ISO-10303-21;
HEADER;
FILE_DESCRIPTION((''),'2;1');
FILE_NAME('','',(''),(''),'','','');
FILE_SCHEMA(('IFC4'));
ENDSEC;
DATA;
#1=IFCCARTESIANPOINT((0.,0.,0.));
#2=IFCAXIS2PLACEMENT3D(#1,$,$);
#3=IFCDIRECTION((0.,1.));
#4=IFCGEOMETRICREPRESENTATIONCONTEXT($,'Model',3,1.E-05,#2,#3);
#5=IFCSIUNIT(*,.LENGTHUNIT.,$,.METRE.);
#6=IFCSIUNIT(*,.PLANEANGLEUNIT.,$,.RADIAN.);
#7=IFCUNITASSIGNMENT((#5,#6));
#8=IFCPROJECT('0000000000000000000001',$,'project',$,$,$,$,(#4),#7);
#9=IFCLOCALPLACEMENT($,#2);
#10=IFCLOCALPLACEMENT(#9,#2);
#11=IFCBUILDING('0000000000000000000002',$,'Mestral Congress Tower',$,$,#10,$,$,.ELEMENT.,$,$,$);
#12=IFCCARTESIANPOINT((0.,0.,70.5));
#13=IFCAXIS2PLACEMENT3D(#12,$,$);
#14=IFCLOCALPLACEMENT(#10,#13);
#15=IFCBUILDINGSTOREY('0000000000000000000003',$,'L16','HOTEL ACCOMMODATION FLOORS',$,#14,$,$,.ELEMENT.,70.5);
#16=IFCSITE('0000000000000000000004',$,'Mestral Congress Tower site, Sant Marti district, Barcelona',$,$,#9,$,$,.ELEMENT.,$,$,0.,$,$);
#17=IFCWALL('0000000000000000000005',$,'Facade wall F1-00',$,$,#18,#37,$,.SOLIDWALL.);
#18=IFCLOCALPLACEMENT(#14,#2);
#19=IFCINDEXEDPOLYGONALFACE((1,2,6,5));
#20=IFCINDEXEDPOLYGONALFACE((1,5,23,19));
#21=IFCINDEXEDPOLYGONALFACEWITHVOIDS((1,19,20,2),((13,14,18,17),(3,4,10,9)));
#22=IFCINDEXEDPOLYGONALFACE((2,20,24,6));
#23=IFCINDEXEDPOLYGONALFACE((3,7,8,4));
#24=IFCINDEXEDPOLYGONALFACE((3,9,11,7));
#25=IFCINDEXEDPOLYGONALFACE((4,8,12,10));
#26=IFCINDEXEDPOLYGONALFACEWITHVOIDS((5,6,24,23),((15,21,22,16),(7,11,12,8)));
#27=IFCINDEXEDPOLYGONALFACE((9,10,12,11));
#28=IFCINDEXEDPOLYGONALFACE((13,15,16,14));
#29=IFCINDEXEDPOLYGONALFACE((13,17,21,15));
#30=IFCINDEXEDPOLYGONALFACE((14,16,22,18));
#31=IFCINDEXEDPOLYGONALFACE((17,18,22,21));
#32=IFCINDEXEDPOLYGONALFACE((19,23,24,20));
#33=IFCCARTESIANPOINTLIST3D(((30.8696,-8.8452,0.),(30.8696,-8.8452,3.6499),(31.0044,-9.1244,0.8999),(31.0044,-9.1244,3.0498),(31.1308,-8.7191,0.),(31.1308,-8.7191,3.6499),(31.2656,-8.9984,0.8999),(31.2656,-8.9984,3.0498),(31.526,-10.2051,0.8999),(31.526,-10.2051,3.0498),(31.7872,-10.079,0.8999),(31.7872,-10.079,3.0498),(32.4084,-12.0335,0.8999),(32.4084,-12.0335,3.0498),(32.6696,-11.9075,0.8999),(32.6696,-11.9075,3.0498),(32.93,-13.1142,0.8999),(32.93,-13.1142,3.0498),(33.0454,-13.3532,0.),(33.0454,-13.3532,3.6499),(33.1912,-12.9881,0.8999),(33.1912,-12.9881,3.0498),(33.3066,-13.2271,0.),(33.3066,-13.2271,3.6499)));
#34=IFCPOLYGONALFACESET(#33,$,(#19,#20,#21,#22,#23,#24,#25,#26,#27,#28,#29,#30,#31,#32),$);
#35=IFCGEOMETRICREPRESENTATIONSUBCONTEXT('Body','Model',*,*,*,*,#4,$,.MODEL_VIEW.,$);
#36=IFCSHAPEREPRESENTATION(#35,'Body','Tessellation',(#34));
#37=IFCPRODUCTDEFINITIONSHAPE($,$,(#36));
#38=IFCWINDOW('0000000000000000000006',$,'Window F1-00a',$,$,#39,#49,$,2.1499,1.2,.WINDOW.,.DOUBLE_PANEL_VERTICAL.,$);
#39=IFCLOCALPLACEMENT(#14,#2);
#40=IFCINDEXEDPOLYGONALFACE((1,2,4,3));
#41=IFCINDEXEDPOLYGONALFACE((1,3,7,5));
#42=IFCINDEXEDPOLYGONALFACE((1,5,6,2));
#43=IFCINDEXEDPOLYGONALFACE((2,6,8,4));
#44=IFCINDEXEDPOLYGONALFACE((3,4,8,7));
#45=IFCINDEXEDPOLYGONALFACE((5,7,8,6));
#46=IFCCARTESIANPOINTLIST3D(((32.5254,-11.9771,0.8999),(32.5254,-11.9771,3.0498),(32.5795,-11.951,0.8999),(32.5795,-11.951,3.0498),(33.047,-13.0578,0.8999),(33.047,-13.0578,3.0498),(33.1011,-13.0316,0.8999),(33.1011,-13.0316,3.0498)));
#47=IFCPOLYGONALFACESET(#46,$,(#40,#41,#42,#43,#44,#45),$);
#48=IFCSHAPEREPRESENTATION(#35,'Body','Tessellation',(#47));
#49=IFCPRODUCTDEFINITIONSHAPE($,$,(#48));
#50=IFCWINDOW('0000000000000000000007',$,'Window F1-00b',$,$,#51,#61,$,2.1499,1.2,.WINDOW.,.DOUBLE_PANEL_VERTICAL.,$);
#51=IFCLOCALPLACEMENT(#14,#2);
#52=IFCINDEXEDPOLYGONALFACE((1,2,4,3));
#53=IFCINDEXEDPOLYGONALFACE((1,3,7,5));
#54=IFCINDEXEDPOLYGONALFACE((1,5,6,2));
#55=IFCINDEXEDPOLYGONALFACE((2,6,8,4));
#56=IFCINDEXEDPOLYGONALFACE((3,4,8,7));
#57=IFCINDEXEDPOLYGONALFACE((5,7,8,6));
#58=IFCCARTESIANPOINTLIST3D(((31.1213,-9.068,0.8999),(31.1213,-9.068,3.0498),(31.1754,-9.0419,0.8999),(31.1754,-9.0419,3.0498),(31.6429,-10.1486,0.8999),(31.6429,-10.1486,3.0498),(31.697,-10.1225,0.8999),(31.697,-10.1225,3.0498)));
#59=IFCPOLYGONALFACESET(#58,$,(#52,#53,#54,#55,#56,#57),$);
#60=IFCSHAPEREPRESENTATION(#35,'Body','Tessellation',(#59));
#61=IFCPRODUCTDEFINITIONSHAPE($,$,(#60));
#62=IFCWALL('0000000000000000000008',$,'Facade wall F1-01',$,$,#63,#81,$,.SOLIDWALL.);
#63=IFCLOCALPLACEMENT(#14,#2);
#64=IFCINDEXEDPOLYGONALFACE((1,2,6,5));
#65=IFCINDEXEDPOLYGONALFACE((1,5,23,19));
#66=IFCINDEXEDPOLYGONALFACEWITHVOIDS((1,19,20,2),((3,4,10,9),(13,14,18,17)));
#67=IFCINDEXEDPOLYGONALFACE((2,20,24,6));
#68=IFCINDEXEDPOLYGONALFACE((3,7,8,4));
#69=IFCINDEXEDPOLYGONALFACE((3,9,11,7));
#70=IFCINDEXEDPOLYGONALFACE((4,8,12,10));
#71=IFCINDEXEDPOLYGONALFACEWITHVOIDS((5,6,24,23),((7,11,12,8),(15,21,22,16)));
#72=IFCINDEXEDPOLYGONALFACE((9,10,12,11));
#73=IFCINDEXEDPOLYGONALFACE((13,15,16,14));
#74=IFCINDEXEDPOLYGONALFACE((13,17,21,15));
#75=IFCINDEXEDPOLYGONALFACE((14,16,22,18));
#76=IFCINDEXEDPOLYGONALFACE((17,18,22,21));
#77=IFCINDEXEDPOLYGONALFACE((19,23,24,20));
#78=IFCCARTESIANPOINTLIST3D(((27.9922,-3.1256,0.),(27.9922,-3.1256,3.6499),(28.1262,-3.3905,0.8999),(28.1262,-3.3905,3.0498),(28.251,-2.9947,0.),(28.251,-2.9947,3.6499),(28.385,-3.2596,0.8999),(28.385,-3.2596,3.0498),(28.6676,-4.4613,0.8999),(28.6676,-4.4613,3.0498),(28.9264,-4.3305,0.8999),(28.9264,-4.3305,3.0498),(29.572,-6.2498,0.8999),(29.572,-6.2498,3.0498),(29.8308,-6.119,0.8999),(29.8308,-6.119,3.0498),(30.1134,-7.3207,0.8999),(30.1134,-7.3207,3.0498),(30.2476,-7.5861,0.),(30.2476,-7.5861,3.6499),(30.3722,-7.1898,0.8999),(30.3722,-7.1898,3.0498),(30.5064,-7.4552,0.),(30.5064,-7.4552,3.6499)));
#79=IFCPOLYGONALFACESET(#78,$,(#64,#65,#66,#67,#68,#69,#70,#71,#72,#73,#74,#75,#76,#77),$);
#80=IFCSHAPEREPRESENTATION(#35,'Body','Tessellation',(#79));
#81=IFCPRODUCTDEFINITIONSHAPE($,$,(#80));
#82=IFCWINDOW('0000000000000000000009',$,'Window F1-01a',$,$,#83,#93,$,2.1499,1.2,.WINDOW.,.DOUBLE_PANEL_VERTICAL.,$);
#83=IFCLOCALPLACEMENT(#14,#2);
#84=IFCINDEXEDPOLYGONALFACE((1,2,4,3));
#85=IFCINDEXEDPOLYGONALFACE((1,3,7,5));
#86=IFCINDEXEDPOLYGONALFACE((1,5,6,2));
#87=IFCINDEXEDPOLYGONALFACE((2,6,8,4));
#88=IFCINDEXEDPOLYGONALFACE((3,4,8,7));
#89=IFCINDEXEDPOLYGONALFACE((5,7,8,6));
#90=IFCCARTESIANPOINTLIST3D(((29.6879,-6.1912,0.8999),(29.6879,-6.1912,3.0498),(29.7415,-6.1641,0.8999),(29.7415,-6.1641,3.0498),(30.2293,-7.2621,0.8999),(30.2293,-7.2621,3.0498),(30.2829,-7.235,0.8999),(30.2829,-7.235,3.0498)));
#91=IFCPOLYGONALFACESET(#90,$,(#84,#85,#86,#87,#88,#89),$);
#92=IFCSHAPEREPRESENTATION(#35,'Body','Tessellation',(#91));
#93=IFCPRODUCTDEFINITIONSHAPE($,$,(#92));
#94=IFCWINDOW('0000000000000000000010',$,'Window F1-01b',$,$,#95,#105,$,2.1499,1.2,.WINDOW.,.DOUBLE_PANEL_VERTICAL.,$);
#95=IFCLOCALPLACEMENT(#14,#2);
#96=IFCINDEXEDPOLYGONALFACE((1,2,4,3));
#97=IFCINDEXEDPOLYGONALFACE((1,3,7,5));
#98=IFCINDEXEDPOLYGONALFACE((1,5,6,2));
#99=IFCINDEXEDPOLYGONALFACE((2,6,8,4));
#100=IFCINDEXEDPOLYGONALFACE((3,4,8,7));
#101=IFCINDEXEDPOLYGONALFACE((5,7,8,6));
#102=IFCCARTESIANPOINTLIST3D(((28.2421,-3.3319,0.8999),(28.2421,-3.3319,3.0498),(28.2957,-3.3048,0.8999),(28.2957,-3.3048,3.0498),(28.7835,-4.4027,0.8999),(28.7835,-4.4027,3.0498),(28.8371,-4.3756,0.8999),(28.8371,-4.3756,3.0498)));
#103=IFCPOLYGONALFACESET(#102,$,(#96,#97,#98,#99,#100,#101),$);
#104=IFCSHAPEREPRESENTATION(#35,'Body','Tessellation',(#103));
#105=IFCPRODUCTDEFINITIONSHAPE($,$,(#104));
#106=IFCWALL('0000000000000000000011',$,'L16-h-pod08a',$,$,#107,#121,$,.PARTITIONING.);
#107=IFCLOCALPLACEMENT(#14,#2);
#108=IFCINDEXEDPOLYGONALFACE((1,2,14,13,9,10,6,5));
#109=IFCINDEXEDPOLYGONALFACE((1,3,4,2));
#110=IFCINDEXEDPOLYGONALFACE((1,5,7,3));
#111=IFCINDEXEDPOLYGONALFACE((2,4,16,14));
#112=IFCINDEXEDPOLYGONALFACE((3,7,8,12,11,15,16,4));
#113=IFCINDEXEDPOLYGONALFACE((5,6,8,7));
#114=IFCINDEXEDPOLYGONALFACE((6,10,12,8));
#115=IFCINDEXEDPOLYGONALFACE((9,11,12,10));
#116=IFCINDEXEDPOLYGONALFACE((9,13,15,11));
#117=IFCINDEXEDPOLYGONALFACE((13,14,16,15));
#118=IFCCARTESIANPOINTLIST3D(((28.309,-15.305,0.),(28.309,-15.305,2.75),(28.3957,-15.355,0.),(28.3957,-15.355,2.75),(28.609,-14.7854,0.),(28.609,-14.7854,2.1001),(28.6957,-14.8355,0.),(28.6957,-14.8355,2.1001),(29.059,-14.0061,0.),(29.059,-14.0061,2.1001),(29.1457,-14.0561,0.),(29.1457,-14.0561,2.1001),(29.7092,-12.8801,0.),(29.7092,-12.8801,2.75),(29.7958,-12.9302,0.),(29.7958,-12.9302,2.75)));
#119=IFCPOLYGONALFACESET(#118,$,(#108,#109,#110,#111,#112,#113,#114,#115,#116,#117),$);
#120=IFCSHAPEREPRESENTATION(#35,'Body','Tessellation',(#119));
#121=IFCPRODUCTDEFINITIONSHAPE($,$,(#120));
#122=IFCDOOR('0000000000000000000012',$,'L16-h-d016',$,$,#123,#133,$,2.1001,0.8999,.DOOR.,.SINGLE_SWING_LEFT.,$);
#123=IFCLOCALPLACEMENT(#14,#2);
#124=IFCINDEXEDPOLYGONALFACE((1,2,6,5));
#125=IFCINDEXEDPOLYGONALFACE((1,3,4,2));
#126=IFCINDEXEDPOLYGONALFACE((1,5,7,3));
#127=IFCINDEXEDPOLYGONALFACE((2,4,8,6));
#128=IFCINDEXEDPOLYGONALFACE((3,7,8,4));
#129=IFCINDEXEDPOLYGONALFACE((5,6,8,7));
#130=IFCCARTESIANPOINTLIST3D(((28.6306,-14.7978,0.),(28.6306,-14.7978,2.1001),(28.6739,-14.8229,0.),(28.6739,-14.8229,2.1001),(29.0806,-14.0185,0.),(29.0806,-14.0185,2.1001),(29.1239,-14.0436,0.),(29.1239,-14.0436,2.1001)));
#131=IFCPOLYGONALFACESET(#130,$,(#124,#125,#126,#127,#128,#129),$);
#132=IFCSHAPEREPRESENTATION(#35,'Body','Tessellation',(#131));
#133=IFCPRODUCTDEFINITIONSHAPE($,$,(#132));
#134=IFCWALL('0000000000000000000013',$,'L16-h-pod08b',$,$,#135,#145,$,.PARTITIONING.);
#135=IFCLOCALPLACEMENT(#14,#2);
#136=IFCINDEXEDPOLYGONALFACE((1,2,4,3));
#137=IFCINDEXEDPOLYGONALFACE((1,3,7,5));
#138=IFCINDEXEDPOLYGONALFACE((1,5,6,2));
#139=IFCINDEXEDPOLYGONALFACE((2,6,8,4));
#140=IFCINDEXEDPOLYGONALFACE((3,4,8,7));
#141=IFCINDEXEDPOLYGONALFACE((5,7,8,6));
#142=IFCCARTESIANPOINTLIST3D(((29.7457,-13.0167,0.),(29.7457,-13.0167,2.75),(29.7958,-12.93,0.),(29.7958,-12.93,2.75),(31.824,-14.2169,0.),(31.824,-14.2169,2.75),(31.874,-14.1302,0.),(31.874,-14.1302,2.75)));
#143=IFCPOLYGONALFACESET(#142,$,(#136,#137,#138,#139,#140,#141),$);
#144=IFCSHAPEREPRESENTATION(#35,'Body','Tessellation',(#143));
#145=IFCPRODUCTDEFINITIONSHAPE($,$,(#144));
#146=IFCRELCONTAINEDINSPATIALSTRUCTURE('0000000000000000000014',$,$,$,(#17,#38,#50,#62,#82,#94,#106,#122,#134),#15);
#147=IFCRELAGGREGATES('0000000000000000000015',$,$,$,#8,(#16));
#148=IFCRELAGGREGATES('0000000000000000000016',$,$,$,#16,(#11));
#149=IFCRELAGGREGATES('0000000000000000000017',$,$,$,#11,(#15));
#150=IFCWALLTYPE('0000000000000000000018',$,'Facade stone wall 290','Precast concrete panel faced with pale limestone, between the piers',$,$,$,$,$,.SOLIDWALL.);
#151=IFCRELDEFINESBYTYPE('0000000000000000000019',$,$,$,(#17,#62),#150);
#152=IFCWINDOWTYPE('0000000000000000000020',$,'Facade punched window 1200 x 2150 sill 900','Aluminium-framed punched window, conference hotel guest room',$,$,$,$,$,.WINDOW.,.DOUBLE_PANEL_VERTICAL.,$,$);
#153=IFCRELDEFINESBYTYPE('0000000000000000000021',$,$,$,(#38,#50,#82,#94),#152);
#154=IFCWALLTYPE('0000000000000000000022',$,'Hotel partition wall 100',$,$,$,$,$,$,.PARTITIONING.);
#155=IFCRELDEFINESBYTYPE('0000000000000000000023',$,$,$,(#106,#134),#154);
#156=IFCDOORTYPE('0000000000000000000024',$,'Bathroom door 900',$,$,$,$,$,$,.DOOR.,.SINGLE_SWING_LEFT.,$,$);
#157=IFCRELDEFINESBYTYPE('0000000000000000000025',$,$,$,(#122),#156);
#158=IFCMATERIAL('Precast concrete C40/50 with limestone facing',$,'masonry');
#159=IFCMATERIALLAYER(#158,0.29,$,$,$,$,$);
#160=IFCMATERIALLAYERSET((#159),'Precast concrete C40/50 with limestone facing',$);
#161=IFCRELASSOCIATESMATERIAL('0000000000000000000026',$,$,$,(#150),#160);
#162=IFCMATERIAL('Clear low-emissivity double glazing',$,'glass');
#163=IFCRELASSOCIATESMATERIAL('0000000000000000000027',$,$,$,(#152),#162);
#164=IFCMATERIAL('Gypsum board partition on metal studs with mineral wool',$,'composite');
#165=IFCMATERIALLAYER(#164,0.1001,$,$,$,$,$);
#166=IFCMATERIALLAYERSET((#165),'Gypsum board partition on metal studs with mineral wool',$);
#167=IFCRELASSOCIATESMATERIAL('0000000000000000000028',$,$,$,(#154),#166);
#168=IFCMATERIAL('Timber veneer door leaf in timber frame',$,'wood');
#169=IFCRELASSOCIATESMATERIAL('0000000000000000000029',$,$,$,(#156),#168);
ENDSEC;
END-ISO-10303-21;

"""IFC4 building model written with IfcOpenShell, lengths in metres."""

from ifc_helpers import new_model, si_unit, direction, frame, frame_2d, origin, place, context, subcontext, project, spatial, rectangle, extrude, material, layer, layer_set, type_object, element, fill, save


model = new_model("IFC4")

# Units and contexts
model_context = context("Model", 3, precision=1e-05, world=origin(), true_north=direction((0.0, 1.0)))
body_context = subcontext(model_context, "Body", "Model", "MODEL_VIEW")
ifc_project = project(units=[si_unit("LENGTHUNIT", "METRE"), si_unit("PLANEANGLEUNIT", "RADIAN")], contexts=[model_context])

# Site, building, storey
site_placement = place(None, origin())
site = spatial("IfcSite", under=ifc_project, at=site_placement, Name="Mestral Congress Tower site, Sant Marti district, Barcelona", CompositionType="ELEMENT", RefElevation=0.0)
building_placement = place(site_placement, origin())
building = spatial("IfcBuilding", under=site, at=building_placement, Name="Mestral Congress Tower", CompositionType="ELEMENT")
storey_placement = place(building_placement, frame((0.0, 0.0, 70.5)))
storey = spatial("IfcBuildingStorey", under=building, at=storey_placement, Name="L16", Description="HOTEL ACCOMMODATION FLOORS", CompositionType="ELEMENT", Elevation=70.5)

# Shared definitions
ifc_material_1 = material(Name="Precast concrete C40/50 with limestone facing", Category="masonry")
ifc_layer_1 = layer(ifc_material_1, 0.29)
ifc_layer_set_1 = layer_set([ifc_layer_1], Name="Precast concrete C40/50 with limestone facing")
wall_type_1 = type_object("IfcWallType", Name="Facade stone wall 290", Description="Precast concrete panel faced with pale limestone, between the piers", PredefinedType="SOLIDWALL", material=ifc_layer_set_1)
ifc_material_2 = material(Name="Clear low-emissivity double glazing", Category="glass")

# Walls, openings, windows
wall_1_placement = place(storey_placement, frame((33.176, -13.2903, 0.0), z_axis=(0.0, 0.0, 1.0), x_axis=(-0.434664, 0.900592, 0.0)))
wall_1 = element("IfcWall", 1, at=wall_1_placement, inside=storey, type_object=wall_type_1, Name="Facade wall F1-00", PredefinedType="SOLIDWALL", context=body_context, shape_type="SweptSolid", body=[
    extrude(rectangle(XDim=5.0056, YDim=0.29, at=frame_2d((2.5029, 0.0))), origin(), (0.0, 0.0, 1.0), 3.6499),
])
opening_1_placement = place(wall_1_placement, frame((0.2654, 0.0, 0.8999)))
opening_1 = element("IfcOpeningElement", 2, at=opening_1_placement, cuts=wall_1, PredefinedType="OPENING", context=body_context, shape_type="SweptSolid", body=[
    extrude(rectangle(XDim=1.2, YDim=2.1499, at=frame_2d((0.6001, 1.075))), frame((0.0, 0.155, 0.0), z_axis=(0.0, -1.0, 0.0), x_axis=(1.0, 0.0, 0.0)), (0.0, 0.0, 1.0), 0.3101),
])
opening_2_placement = place(wall_1_placement, frame((3.4956, 0.0, 0.8999)))
opening_2 = element("IfcOpeningElement", 3, at=opening_2_placement, cuts=wall_1, PredefinedType="OPENING", context=body_context, shape_type="SweptSolid", body=[
    extrude(rectangle(XDim=1.2, YDim=2.1499, at=frame_2d((0.6001, 1.075))), frame((0.0, 0.155, 0.0), z_axis=(0.0, -1.0, 0.0), x_axis=(1.0, 0.0, 0.0)), (0.0, 0.0, 1.0), 0.3101),
])
window_type_1 = type_object("IfcWindowType", Name="Facade punched window 1200 x 2150 sill 900", Description="Aluminium-framed punched window, conference hotel guest room", PartitioningType="DOUBLE_PANEL_VERTICAL", PredefinedType="WINDOW", material=ifc_material_2)
window_1_placement = place(opening_1_placement, origin())
window_1 = element("IfcWindow", 4, at=window_1_placement, inside=storey, type_object=window_type_1, Name="Window F1-00a", OverallHeight=2.1499, OverallWidth=1.2, PartitioningType="DOUBLE_PANEL_VERTICAL", PredefinedType="WINDOW", context=body_context, shape_type="SweptSolid", body=[
    extrude(rectangle(XDim=1.2, YDim=2.1499, at=frame_2d((0.6001, 1.075))), frame((0.0, 0.0151, 0.0), z_axis=(0.0, -1.0, 0.0), x_axis=(1.0, 0.0, 0.0)), (0.0, 0.0, 1.0), 0.0601),
])
fill(opening_1, window_1)
window_2_placement = place(opening_2_placement, origin())
window_2 = element("IfcWindow", 5, at=window_2_placement, inside=storey, type_object=window_type_1, Name="Window F1-00b", OverallHeight=2.1499, OverallWidth=1.2, PartitioningType="DOUBLE_PANEL_VERTICAL", PredefinedType="WINDOW", context=body_context, shape_type="SweptSolid", body=[
    extrude(rectangle(XDim=1.2, YDim=2.1499, at=frame_2d((0.6001, 1.075))), frame((0.0, 0.0151, 0.0), z_axis=(0.0, -1.0, 0.0), x_axis=(1.0, 0.0, 0.0)), (0.0, 0.0, 1.0), 0.0601),
])
fill(opening_2, window_2)
wall_2_placement = place(storey_placement, frame((30.377, -7.5205, 0.0), z_axis=(0.0, 0.0, 1.0), x_axis=(-0.451234, 0.892406, 0.0)))
wall_2 = element("IfcWall", 6, at=wall_2_placement, inside=storey, type_object=wall_type_1, Name="Facade wall F1-01", PredefinedType="SOLIDWALL", context=body_context, shape_type="SweptSolid", body=[
    extrude(rectangle(XDim=4.9983, YDim=0.29, at=frame_2d((2.499, 0.0))), origin(), (0.0, 0.0, 1.0), 3.6499),
])
opening_3_placement = place(wall_2_placement, frame((0.2971, 0.0, 0.8999)))
opening_3 = element("IfcOpeningElement", 7, at=opening_3_placement, cuts=wall_2, PredefinedType="OPENING", context=body_context, shape_type="SweptSolid", body=[
    extrude(rectangle(XDim=1.2, YDim=2.1499, at=frame_2d((0.6001, 1.075))), frame((0.0, 0.155, 0.0), z_axis=(0.0, -1.0, 0.0), x_axis=(1.0, 0.0, 0.0)), (0.0, 0.0, 1.0), 0.3101),
])
opening_4_placement = place(wall_2_placement, frame((3.5012, 0.0, 0.8999)))
opening_4 = element("IfcOpeningElement", 8, at=opening_4_placement, cuts=wall_2, PredefinedType="OPENING", context=body_context, shape_type="SweptSolid", body=[
    extrude(rectangle(XDim=1.2, YDim=2.1499, at=frame_2d((0.6001, 1.075))), frame((0.0, 0.155, 0.0), z_axis=(0.0, -1.0, 0.0), x_axis=(1.0, 0.0, 0.0)), (0.0, 0.0, 1.0), 0.3101),
])
window_3_placement = place(opening_3_placement, origin())
window_3 = element("IfcWindow", 9, at=window_3_placement, inside=storey, type_object=window_type_1, Name="Window F1-01a", OverallHeight=2.1499, OverallWidth=1.2, PartitioningType="DOUBLE_PANEL_VERTICAL", PredefinedType="WINDOW", context=body_context, shape_type="SweptSolid", body=[
    extrude(rectangle(XDim=1.2, YDim=2.1499, at=frame_2d((0.6001, 1.075))), frame((0.0, 0.0151, 0.0), z_axis=(0.0, -1.0, 0.0), x_axis=(1.0, 0.0, 0.0)), (0.0, 0.0, 1.0), 0.0601),
])
fill(opening_3, window_3)
window_4_placement = place(opening_4_placement, origin())
window_4 = element("IfcWindow", 10, at=window_4_placement, inside=storey, type_object=window_type_1, Name="Window F1-01b", OverallHeight=2.1499, OverallWidth=1.2, PartitioningType="DOUBLE_PANEL_VERTICAL", PredefinedType="WINDOW", context=body_context, shape_type="SweptSolid", body=[
    extrude(rectangle(XDim=1.2, YDim=2.1499, at=frame_2d((0.6001, 1.075))), frame((0.0, 0.0151, 0.0), z_axis=(0.0, -1.0, 0.0), x_axis=(1.0, 0.0, 0.0)), (0.0, 0.0, 1.0), 0.0601),
])
fill(opening_4, window_4)

# Wall, opening, door
ifc_material_3 = material(Name="Gypsum board partition on metal studs with mineral wool", Category="composite")
ifc_layer_2 = layer(ifc_material_3, 0.1001)
ifc_layer_set_2 = layer_set([ifc_layer_2], Name="Gypsum board partition on metal studs with mineral wool")
wall_type_2 = type_object("IfcWallType", Name="Hotel partition wall 100", PredefinedType="PARTITIONING", material=ifc_layer_set_2)
wall_3_placement = place(storey_placement, frame((29.7524, -12.9053, 0.0), z_axis=(0.0, 0.0, 1.0), x_axis=(-0.50005, -0.865997, 0.0)))
wall_3 = element("IfcWall", 11, at=wall_3_placement, inside=storey, type_object=wall_type_2, Name="L16-h-pod08a", PredefinedType="PARTITIONING", context=body_context, shape_type="SweptSolid", body=[
    extrude(rectangle(XDim=2.8, YDim=0.1001, at=frame_2d((1.3999, 0.0))), origin(), (0.0, 0.0, 1.0), 2.75),
])
opening_5_placement = place(wall_3_placement, frame((1.3, 0.0, 0.0)))
opening_5 = element("IfcOpeningElement", 12, at=opening_5_placement, cuts=wall_3, PredefinedType="OPENING", context=body_context, shape_type="SweptSolid", body=[
    extrude(rectangle(XDim=0.8999, YDim=2.1001, at=frame_2d((0.45, 1.05))), frame((0.0, 0.0601, 0.0), z_axis=(0.0, -1.0, 0.0), x_axis=(1.0, 0.0, 0.0)), (0.0, 0.0, 1.0), 0.1201),
])
ifc_material_4 = material(Name="Timber veneer door leaf in timber frame", Category="wood")
door_type = type_object("IfcDoorType", Name="Bathroom door 900", OperationType="SINGLE_SWING_LEFT", PredefinedType="DOOR", material=ifc_material_4)
door_placement = place(opening_5_placement, origin())
door = element("IfcDoor", 13, at=door_placement, inside=storey, type_object=door_type, Name="L16-h-d016", OperationType="SINGLE_SWING_LEFT", OverallHeight=2.1001, OverallWidth=0.8999, PredefinedType="DOOR", context=body_context, shape_type="SweptSolid", body=[
    extrude(rectangle(XDim=0.8999, YDim=2.1001, at=frame_2d((0.45, 1.05))), frame((0.0, 0.0249, 0.0), z_axis=(0.0, -1.0, 0.0), x_axis=(1.0, 0.0, 0.0)), (0.0, 0.0, 1.0), 0.05),
])
fill(opening_5, door)

# Wall
wall_4_placement = place(storey_placement, frame((29.7708, -12.9734, 0.0), z_axis=(0.0, 0.0, 1.0), x_axis=(0.865981, -0.500078, 0.0)))
element("IfcWall", 14, at=wall_4_placement, inside=storey, type_object=wall_type_2, Name="L16-h-pod08b", PredefinedType="PARTITIONING", context=body_context, shape_type="SweptSolid", body=[
    extrude(rectangle(XDim=2.3999, YDim=0.1001, at=frame_2d((1.2, 0.0))), origin(), (0.0, 0.0, 1.0), 2.75),
])

save(model, "model.ifc")
